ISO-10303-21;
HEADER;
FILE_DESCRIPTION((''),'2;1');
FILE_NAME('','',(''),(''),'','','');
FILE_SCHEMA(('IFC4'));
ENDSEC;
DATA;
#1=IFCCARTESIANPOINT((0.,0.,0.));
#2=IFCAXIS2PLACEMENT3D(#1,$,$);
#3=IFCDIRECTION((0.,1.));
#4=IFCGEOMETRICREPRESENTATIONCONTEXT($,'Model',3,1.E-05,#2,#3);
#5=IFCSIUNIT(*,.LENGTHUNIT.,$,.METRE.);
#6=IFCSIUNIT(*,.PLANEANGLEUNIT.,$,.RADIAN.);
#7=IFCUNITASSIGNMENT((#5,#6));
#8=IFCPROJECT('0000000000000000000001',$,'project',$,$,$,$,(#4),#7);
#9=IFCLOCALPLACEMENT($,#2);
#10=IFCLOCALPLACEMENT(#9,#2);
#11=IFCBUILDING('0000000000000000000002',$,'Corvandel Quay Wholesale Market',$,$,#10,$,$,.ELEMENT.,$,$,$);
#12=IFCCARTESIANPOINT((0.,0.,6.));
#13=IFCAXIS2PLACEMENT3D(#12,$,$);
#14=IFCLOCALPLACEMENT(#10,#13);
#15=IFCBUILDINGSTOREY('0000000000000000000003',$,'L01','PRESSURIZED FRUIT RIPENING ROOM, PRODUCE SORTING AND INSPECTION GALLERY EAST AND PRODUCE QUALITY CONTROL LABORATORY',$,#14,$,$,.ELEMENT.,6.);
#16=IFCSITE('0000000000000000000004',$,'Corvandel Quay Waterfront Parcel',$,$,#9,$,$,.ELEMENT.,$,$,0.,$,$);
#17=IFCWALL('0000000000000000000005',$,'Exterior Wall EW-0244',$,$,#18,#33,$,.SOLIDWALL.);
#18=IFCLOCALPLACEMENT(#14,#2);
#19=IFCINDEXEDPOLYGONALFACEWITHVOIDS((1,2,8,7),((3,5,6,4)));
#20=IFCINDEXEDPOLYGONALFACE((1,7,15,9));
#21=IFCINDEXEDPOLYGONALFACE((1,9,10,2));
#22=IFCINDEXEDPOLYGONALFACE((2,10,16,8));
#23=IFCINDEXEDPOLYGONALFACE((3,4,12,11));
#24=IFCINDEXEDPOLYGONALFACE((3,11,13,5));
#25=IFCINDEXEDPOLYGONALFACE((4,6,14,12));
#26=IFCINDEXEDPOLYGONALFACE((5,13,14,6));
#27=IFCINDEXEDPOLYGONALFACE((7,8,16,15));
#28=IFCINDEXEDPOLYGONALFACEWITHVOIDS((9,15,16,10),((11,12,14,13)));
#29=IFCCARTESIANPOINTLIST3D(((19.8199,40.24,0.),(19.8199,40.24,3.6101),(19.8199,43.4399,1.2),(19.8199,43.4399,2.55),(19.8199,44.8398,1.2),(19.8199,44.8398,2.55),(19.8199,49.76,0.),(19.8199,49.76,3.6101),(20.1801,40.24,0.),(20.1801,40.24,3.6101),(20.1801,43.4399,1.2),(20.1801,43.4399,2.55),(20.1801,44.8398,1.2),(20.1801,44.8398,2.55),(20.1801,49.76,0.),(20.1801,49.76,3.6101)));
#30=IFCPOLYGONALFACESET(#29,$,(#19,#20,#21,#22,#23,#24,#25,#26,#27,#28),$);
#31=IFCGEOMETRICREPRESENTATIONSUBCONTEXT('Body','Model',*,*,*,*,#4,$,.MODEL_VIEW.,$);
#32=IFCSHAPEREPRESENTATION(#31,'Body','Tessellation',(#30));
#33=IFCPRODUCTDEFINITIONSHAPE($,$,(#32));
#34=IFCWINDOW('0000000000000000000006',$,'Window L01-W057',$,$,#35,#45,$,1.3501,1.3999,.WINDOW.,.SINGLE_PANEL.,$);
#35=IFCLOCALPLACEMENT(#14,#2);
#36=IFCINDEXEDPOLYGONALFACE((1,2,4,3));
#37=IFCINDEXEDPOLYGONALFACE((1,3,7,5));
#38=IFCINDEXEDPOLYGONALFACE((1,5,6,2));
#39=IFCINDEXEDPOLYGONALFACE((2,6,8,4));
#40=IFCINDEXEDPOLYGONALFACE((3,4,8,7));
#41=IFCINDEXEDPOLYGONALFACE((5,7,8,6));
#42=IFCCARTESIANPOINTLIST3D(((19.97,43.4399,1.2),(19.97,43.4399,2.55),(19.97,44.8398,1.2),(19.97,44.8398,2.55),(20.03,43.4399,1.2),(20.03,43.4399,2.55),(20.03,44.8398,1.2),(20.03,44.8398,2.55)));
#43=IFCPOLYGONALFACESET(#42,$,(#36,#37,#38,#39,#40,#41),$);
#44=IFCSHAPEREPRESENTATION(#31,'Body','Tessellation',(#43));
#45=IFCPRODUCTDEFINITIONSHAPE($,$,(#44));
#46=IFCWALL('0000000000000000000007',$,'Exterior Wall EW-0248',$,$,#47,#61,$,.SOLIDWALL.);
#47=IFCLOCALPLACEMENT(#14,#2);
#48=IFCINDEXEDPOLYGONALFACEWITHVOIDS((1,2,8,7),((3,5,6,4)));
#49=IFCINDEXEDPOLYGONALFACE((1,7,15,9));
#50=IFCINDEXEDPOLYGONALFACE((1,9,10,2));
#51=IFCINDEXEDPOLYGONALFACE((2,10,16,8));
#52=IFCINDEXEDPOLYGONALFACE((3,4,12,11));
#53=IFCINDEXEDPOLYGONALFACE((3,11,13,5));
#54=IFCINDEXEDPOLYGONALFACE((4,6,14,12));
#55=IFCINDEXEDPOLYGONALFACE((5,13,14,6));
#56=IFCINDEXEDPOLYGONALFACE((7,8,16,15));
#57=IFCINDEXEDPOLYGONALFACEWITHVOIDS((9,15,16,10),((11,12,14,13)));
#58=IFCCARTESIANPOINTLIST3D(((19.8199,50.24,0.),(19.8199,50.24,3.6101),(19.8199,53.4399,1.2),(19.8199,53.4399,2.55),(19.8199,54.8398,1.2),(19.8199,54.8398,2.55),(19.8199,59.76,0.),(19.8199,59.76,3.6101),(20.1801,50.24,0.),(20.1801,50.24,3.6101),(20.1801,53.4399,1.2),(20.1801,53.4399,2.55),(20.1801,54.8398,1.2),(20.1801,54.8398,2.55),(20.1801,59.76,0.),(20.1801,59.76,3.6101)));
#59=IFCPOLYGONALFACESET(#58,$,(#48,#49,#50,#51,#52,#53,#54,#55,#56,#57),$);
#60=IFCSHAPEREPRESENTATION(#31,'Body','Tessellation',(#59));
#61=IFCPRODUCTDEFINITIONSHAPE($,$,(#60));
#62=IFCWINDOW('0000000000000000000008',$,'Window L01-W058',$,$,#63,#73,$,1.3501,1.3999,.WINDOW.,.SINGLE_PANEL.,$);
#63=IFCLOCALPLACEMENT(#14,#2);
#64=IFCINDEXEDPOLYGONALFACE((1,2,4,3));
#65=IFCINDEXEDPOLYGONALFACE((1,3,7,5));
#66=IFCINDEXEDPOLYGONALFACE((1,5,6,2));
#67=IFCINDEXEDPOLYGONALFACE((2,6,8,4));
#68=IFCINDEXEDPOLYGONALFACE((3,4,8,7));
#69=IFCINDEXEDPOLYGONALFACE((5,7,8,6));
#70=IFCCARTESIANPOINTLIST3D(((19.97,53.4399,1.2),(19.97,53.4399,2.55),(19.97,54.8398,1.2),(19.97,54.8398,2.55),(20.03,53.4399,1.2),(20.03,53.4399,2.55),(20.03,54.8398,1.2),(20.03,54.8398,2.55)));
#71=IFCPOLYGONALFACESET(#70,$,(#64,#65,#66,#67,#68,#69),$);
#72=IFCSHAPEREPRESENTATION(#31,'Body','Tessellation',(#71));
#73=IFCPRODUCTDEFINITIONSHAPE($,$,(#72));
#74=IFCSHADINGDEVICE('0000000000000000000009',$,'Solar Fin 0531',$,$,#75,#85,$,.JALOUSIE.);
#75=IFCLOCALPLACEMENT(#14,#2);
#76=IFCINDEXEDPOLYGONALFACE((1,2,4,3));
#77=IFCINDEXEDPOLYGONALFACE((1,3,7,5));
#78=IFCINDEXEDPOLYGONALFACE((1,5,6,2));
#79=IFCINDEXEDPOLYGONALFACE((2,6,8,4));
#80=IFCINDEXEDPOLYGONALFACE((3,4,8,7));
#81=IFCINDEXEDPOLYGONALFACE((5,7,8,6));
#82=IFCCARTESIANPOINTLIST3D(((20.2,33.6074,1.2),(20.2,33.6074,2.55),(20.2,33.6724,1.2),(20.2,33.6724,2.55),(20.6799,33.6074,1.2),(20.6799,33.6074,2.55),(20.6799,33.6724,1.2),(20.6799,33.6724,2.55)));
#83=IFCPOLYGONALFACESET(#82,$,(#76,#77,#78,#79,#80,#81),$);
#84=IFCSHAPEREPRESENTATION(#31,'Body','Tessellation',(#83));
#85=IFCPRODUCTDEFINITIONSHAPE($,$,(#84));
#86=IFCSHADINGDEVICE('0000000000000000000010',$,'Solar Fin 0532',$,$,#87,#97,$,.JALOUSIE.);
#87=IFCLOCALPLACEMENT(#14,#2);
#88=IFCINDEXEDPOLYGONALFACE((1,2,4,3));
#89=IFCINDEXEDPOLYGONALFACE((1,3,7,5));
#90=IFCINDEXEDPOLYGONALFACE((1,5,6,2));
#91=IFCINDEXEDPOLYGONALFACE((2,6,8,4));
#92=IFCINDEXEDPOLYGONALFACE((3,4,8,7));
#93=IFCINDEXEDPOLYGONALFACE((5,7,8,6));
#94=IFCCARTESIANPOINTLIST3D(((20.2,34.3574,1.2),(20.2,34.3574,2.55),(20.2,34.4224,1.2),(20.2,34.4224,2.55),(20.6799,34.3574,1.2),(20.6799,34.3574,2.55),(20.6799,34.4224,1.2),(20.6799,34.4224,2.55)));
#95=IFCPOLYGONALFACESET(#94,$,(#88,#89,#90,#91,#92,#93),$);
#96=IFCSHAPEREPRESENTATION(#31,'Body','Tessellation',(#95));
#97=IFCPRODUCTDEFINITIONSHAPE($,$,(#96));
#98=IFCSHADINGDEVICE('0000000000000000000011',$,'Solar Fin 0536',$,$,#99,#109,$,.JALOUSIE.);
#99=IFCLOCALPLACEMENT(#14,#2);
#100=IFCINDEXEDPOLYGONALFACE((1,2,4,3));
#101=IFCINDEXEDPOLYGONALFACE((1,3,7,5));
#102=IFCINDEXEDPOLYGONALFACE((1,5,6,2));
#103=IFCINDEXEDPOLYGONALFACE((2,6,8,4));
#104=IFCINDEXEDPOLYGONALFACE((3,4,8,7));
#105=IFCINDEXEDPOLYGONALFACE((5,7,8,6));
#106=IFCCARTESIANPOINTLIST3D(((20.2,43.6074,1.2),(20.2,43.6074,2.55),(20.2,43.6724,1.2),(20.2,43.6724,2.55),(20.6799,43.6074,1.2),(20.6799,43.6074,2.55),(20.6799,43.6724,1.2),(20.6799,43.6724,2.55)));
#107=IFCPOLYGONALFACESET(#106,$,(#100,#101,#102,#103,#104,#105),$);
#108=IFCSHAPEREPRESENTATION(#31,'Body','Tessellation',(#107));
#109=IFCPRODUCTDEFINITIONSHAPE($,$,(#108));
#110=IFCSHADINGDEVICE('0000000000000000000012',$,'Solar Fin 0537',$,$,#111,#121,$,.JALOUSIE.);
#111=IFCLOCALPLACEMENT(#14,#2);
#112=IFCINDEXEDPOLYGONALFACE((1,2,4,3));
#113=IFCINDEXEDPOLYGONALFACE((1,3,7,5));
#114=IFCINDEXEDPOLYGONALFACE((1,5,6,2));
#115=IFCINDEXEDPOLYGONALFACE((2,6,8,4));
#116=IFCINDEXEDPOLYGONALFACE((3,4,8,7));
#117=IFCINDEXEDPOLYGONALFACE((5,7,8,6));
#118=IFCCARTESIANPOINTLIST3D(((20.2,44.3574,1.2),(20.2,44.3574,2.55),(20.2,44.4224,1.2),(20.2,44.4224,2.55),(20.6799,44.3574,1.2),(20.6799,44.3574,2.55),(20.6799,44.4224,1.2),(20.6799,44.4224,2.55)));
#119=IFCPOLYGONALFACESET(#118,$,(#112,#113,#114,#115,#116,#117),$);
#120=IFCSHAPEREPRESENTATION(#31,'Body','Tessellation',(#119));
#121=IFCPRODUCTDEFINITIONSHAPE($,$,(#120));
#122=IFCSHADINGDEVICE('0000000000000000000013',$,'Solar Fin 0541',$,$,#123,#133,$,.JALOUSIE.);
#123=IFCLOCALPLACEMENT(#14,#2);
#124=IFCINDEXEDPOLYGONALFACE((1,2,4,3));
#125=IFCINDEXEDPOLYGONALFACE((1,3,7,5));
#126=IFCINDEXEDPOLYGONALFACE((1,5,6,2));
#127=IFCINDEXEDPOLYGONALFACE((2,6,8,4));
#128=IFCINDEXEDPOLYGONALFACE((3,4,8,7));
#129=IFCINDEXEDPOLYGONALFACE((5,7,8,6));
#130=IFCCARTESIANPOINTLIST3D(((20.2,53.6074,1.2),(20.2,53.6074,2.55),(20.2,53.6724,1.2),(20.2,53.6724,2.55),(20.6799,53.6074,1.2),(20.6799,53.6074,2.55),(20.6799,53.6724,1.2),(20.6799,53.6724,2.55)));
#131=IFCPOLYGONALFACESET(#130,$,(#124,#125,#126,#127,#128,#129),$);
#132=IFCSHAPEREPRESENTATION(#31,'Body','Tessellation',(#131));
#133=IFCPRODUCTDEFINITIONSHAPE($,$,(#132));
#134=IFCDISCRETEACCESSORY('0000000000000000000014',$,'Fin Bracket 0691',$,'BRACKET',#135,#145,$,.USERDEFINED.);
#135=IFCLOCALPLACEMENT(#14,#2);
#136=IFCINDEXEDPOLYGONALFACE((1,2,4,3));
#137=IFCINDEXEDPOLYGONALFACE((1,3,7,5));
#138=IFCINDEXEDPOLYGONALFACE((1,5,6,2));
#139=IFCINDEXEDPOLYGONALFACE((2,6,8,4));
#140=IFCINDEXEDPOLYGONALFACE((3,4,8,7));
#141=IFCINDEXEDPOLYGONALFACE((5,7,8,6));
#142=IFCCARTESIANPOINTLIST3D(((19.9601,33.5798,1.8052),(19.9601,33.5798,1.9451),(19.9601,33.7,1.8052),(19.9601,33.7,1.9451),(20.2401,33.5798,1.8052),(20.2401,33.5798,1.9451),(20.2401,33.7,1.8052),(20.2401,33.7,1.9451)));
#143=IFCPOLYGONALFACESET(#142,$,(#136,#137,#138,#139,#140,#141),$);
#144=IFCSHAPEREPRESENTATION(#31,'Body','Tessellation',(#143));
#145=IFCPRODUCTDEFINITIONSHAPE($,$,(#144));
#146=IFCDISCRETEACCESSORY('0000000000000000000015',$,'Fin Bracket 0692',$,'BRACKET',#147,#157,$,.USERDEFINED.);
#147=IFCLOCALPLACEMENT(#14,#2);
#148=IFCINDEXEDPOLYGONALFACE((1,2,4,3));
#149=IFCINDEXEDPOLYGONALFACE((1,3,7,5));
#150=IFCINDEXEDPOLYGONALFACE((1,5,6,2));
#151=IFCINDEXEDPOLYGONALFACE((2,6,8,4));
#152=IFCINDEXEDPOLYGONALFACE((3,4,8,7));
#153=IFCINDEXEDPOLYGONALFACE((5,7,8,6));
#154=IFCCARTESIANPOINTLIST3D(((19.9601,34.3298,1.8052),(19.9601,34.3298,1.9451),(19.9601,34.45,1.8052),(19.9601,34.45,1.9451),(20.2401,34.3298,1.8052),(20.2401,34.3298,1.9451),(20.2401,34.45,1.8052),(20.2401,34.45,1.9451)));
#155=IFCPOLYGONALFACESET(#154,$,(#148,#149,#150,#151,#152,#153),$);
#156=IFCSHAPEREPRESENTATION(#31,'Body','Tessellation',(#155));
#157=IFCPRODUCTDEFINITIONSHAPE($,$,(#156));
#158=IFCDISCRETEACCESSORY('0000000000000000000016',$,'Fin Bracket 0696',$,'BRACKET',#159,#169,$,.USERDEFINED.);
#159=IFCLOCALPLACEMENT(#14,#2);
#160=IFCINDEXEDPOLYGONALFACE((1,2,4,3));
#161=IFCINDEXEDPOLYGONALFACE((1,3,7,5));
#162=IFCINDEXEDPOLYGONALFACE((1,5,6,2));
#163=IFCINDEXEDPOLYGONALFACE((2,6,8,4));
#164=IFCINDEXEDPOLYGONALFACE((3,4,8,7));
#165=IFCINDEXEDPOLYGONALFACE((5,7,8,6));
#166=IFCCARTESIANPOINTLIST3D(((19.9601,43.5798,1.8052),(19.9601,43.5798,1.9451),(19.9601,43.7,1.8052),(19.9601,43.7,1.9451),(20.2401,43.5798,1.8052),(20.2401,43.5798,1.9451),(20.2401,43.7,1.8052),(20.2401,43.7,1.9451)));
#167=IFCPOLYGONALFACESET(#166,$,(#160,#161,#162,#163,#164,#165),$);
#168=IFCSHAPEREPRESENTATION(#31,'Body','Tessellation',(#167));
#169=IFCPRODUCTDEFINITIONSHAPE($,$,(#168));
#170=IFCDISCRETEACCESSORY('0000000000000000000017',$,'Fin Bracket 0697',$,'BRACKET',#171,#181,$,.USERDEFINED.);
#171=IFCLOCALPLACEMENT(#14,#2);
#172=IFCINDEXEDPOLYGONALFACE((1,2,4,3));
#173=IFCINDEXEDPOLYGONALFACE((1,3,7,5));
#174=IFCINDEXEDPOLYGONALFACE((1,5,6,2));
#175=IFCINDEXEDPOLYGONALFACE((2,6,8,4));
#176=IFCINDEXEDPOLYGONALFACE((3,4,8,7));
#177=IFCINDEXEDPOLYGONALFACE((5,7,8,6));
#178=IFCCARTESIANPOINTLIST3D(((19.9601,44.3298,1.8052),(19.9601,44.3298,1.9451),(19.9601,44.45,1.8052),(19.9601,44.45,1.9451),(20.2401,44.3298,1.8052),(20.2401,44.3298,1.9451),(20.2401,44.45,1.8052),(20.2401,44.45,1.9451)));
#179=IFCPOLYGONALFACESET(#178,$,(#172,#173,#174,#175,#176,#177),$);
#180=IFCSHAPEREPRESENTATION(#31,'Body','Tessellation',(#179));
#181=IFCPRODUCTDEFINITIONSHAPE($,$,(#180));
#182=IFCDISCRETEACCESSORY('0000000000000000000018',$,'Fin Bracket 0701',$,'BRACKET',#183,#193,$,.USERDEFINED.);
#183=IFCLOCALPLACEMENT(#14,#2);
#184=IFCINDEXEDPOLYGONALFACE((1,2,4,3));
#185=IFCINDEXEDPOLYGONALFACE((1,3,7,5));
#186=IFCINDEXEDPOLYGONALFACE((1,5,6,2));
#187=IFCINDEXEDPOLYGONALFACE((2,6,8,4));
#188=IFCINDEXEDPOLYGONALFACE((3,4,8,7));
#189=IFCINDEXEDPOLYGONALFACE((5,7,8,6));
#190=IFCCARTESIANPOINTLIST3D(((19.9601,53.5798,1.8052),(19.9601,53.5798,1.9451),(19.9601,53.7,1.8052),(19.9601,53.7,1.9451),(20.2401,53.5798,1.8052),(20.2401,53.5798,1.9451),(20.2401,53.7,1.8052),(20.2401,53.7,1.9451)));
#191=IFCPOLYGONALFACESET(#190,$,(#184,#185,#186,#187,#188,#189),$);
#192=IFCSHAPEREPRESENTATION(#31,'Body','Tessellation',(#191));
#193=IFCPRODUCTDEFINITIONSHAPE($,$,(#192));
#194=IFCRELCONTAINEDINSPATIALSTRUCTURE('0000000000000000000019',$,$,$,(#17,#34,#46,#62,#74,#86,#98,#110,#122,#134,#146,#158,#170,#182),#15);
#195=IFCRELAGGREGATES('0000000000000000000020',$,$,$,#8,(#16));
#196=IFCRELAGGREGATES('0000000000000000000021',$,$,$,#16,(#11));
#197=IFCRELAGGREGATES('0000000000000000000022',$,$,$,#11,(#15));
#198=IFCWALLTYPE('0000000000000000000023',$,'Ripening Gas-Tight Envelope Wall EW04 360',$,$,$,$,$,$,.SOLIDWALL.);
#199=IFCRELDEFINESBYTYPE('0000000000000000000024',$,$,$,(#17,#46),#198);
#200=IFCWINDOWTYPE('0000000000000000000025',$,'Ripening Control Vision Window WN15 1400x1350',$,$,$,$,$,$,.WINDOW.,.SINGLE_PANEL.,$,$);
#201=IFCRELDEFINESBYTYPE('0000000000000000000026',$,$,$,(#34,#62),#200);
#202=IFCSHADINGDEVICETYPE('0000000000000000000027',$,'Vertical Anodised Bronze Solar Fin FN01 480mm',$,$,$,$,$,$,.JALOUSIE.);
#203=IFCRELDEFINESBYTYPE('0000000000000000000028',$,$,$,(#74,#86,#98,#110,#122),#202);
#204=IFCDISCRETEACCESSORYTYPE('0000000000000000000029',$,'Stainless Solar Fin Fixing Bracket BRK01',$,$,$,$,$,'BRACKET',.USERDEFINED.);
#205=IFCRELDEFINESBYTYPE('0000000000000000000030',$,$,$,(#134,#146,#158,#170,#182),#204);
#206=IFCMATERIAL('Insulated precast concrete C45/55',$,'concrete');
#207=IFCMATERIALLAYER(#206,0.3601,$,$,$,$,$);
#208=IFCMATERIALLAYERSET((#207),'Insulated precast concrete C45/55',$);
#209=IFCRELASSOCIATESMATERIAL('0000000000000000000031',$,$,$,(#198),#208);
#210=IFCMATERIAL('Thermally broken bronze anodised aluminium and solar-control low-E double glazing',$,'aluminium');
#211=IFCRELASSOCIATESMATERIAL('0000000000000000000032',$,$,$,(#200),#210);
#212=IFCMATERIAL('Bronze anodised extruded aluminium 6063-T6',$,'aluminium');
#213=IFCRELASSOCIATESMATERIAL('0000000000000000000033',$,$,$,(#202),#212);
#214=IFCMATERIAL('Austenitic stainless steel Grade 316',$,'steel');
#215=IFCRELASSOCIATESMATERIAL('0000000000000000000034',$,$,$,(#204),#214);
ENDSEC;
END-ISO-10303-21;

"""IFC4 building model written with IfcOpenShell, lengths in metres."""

from ifc_helpers import new_model, si_unit, direction, frame, frame_2d, origin, origin_2d, place, context, subcontext, project, spatial, rectangle, extrude, material, layer, layer_set, type_object, element, fill, save


model = new_model("IFC4")

# Units and contexts
model_context = context("Model", 3, precision=1e-05, world=origin(), true_north=direction((0.0, 1.0)))
body_context = subcontext(model_context, "Body", "Model", "MODEL_VIEW")
ifc_project = project(units=[si_unit("LENGTHUNIT", "METRE"), si_unit("PLANEANGLEUNIT", "RADIAN")], contexts=[model_context])

# Site, building, storey
site_placement = place(None, origin())
site = spatial("IfcSite", under=ifc_project, at=site_placement, Name="Corvandel Quay Waterfront Parcel", CompositionType="ELEMENT", RefElevation=0.0)
building_placement = place(site_placement, origin())
building = spatial("IfcBuilding", under=site, at=building_placement, Name="Corvandel Quay Wholesale Market", CompositionType="ELEMENT")
storey_placement = place(building_placement, frame((0.0, 0.0, 6.0)))
storey = spatial("IfcBuildingStorey", under=building, at=storey_placement, Name="L01", Description="PRESSURIZED FRUIT RIPENING ROOM, PRODUCE SORTING AND INSPECTION GALLERY EAST AND PRODUCE QUALITY CONTROL LABORATORY", CompositionType="ELEMENT", Elevation=6.0)

# Walls, openings, windows
ifc_material_1 = material(Name="Insulated precast concrete C45/55", Category="concrete")
ifc_layer_1 = layer(ifc_material_1, 0.3601)
ifc_layer_set_1 = layer_set([ifc_layer_1], Name="Insulated precast concrete C45/55")
wall_type_1 = type_object("IfcWallType", Name="Ripening Gas-Tight Envelope Wall EW04 360", PredefinedType="SOLIDWALL", material=ifc_layer_set_1)
ifc_material_2 = material(Name="Thermally broken bronze anodised aluminium and solar-control low-E double glazing", Category="aluminium")
window_type = type_object("IfcWindowType", Name="Ripening Control Vision Window WN15 1400x1350", PartitioningType="SINGLE_PANEL", PredefinedType="WINDOW", material=ifc_material_2)
wall_1_placement = place(storey_placement, frame((20.0, 40.24, 0.0), z_axis=(0.0, 0.0, 1.0), x_axis=(0.0, 1.0, 0.0)))
wall_1 = element("IfcWall", 1, at=wall_1_placement, inside=storey, type_object=wall_type_1, Name="Exterior Wall EW-0244", PredefinedType="SOLIDWALL", context=body_context, shape_type="SweptSolid", body=[
    extrude(rectangle(XDim=9.52, YDim=0.3601, at=frame_2d((4.76, 0.0))), origin(), (0.0, 0.0, 1.0), 3.6101),
])
opening_1_placement = place(wall_1_placement, frame((3.2, 0.0, 1.2)))
opening_1 = element("IfcOpeningElement", 2, at=opening_1_placement, cuts=wall_1, PredefinedType="OPENING", context=body_context, shape_type="SweptSolid", body=[
    extrude(rectangle(XDim=1.3999, YDim=1.3501, at=frame_2d((0.7, 0.675))), frame((0.0, 0.1899, 0.0), z_axis=(0.0, -1.0, 0.0), x_axis=(1.0, 0.0, 0.0)), (0.0, 0.0, 1.0), 0.3801),
])
window_1_placement = place(opening_1_placement, origin())
window_1 = element("IfcWindow", 3, at=window_1_placement, inside=storey, type_object=window_type, Name="Window L01-W057", OverallHeight=1.3501, OverallWidth=1.3999, PartitioningType="SINGLE_PANEL", PredefinedType="WINDOW", context=body_context, shape_type="SweptSolid", body=[
    extrude(rectangle(XDim=1.3999, YDim=1.3501, at=frame_2d((0.7, 0.675))), frame((0.0, 0.03, 0.0), z_axis=(0.0, -1.0, 0.0), x_axis=(1.0, 0.0, 0.0)), (0.0, 0.0, 1.0), 0.0601),
])
fill(opening_1, window_1)
wall_2_placement = place(storey_placement, frame((20.0, 50.24, 0.0), z_axis=(0.0, 0.0, 1.0), x_axis=(0.0, 1.0, 0.0)))
wall_2 = element("IfcWall", 4, at=wall_2_placement, inside=storey, type_object=wall_type_1, Name="Exterior Wall EW-0248", PredefinedType="SOLIDWALL", context=body_context, shape_type="SweptSolid", body=[
    extrude(rectangle(XDim=9.52, YDim=0.3601, at=frame_2d((4.76, 0.0))), origin(), (0.0, 0.0, 1.0), 3.6101),
])
opening_2_placement = place(wall_2_placement, frame((3.2, 0.0, 1.2)))
opening_2 = element("IfcOpeningElement", 5, at=opening_2_placement, cuts=wall_2, PredefinedType="OPENING", context=body_context, shape_type="SweptSolid", body=[
    extrude(rectangle(XDim=1.3999, YDim=1.3501, at=frame_2d((0.7, 0.675))), frame((0.0, 0.1899, 0.0), z_axis=(0.0, -1.0, 0.0), x_axis=(1.0, 0.0, 0.0)), (0.0, 0.0, 1.0), 0.3801),
])
window_2_placement = place(opening_2_placement, origin())
window_2 = element("IfcWindow", 6, at=window_2_placement, inside=storey, type_object=window_type, Name="Window L01-W058", OverallHeight=1.3501, OverallWidth=1.3999, PartitioningType="SINGLE_PANEL", PredefinedType="WINDOW", context=body_context, shape_type="SweptSolid", body=[
    extrude(rectangle(XDim=1.3999, YDim=1.3501, at=frame_2d((0.7, 0.675))), frame((0.0, 0.03, 0.0), z_axis=(0.0, -1.0, 0.0), x_axis=(1.0, 0.0, 0.0)), (0.0, 0.0, 1.0), 0.0601),
])
fill(opening_2, window_2)

# Shading devices
ifc_material_3 = material(Name="Bronze anodised extruded aluminium 6063-T6", Category="aluminium")
shading_device_type = type_object("IfcShadingDeviceType", Name="Vertical Anodised Bronze Solar Fin FN01 480mm", PredefinedType="JALOUSIE", material=ifc_material_3)
for number, where, z_axis, x_axis, name in (
    (7, (20.4399, 33.6399, 1.2), (0.0, 0.0, 1.0), (1.0, 0.0, 0.0), "Solar Fin 0531"),
    (8, (20.4399, 34.3899, 1.2), (0.0, 0.0, 1.0), (1.0, 0.0, 0.0), "Solar Fin 0532"),
    (9, (20.4399, 43.6399, 1.2), (0.0, 0.0, 1.0), (1.0, 0.0, 0.0), "Solar Fin 0536"),
    (10, (20.4399, 44.3899, 1.2), (0.0, 0.0, 1.0), (1.0, 0.0, 0.0), "Solar Fin 0537"),
    (11, (20.4399, 53.6399, 1.2), (0.0, 0.0, 1.0), (1.0, 0.0, 0.0), "Solar Fin 0541"),
):
    element("IfcShadingDevice", number, at=place(storey_placement, frame(where, z_axis=z_axis, x_axis=x_axis)), inside=storey, type_object=shading_device_type, Name=name, PredefinedType="JALOUSIE", context=body_context, shape_type="SweptSolid", body=[
        extrude(rectangle(XDim=0.48, YDim=0.0649, at=origin_2d()), origin(), (0.0, 0.0, 1.0), 1.3501),
    ])

# Discrete accessories
ifc_material_4 = material(Name="Austenitic stainless steel Grade 316", Category="steel")
discrete_accessory_type = type_object("IfcDiscreteAccessoryType", Name="Stainless Solar Fin Fixing Bracket BRK01", ElementType="BRACKET", PredefinedType="USERDEFINED", material=ifc_material_4)
for number, where, z_axis, x_axis, name in (
    (12, (20.1001, 33.6399, 1.8052), (0.0, 0.0, 1.0), (1.0, 0.0, 0.0), "Fin Bracket 0691"),
    (13, (20.1001, 34.3899, 1.8052), (0.0, 0.0, 1.0), (1.0, 0.0, 0.0), "Fin Bracket 0692"),
    (14, (20.1001, 43.6399, 1.8052), (0.0, 0.0, 1.0), (1.0, 0.0, 0.0), "Fin Bracket 0696"),
    (15, (20.1001, 44.3899, 1.8052), (0.0, 0.0, 1.0), (1.0, 0.0, 0.0), "Fin Bracket 0697"),
    (16, (20.1001, 53.6399, 1.8052), (0.0, 0.0, 1.0), (1.0, 0.0, 0.0), "Fin Bracket 0701"),
):
    element("IfcDiscreteAccessory", number, at=place(storey_placement, frame(where, z_axis=z_axis, x_axis=x_axis)), inside=storey, type_object=discrete_accessory_type, Name=name, ObjectType="BRACKET", PredefinedType="USERDEFINED", context=body_context, shape_type="SweptSolid", body=[
        extrude(rectangle(XDim=0.28, YDim=0.1201, at=origin_2d()), origin(), (0.0, 0.0, 1.0), 0.1399),
    ])

save(model, "model.ifc")
